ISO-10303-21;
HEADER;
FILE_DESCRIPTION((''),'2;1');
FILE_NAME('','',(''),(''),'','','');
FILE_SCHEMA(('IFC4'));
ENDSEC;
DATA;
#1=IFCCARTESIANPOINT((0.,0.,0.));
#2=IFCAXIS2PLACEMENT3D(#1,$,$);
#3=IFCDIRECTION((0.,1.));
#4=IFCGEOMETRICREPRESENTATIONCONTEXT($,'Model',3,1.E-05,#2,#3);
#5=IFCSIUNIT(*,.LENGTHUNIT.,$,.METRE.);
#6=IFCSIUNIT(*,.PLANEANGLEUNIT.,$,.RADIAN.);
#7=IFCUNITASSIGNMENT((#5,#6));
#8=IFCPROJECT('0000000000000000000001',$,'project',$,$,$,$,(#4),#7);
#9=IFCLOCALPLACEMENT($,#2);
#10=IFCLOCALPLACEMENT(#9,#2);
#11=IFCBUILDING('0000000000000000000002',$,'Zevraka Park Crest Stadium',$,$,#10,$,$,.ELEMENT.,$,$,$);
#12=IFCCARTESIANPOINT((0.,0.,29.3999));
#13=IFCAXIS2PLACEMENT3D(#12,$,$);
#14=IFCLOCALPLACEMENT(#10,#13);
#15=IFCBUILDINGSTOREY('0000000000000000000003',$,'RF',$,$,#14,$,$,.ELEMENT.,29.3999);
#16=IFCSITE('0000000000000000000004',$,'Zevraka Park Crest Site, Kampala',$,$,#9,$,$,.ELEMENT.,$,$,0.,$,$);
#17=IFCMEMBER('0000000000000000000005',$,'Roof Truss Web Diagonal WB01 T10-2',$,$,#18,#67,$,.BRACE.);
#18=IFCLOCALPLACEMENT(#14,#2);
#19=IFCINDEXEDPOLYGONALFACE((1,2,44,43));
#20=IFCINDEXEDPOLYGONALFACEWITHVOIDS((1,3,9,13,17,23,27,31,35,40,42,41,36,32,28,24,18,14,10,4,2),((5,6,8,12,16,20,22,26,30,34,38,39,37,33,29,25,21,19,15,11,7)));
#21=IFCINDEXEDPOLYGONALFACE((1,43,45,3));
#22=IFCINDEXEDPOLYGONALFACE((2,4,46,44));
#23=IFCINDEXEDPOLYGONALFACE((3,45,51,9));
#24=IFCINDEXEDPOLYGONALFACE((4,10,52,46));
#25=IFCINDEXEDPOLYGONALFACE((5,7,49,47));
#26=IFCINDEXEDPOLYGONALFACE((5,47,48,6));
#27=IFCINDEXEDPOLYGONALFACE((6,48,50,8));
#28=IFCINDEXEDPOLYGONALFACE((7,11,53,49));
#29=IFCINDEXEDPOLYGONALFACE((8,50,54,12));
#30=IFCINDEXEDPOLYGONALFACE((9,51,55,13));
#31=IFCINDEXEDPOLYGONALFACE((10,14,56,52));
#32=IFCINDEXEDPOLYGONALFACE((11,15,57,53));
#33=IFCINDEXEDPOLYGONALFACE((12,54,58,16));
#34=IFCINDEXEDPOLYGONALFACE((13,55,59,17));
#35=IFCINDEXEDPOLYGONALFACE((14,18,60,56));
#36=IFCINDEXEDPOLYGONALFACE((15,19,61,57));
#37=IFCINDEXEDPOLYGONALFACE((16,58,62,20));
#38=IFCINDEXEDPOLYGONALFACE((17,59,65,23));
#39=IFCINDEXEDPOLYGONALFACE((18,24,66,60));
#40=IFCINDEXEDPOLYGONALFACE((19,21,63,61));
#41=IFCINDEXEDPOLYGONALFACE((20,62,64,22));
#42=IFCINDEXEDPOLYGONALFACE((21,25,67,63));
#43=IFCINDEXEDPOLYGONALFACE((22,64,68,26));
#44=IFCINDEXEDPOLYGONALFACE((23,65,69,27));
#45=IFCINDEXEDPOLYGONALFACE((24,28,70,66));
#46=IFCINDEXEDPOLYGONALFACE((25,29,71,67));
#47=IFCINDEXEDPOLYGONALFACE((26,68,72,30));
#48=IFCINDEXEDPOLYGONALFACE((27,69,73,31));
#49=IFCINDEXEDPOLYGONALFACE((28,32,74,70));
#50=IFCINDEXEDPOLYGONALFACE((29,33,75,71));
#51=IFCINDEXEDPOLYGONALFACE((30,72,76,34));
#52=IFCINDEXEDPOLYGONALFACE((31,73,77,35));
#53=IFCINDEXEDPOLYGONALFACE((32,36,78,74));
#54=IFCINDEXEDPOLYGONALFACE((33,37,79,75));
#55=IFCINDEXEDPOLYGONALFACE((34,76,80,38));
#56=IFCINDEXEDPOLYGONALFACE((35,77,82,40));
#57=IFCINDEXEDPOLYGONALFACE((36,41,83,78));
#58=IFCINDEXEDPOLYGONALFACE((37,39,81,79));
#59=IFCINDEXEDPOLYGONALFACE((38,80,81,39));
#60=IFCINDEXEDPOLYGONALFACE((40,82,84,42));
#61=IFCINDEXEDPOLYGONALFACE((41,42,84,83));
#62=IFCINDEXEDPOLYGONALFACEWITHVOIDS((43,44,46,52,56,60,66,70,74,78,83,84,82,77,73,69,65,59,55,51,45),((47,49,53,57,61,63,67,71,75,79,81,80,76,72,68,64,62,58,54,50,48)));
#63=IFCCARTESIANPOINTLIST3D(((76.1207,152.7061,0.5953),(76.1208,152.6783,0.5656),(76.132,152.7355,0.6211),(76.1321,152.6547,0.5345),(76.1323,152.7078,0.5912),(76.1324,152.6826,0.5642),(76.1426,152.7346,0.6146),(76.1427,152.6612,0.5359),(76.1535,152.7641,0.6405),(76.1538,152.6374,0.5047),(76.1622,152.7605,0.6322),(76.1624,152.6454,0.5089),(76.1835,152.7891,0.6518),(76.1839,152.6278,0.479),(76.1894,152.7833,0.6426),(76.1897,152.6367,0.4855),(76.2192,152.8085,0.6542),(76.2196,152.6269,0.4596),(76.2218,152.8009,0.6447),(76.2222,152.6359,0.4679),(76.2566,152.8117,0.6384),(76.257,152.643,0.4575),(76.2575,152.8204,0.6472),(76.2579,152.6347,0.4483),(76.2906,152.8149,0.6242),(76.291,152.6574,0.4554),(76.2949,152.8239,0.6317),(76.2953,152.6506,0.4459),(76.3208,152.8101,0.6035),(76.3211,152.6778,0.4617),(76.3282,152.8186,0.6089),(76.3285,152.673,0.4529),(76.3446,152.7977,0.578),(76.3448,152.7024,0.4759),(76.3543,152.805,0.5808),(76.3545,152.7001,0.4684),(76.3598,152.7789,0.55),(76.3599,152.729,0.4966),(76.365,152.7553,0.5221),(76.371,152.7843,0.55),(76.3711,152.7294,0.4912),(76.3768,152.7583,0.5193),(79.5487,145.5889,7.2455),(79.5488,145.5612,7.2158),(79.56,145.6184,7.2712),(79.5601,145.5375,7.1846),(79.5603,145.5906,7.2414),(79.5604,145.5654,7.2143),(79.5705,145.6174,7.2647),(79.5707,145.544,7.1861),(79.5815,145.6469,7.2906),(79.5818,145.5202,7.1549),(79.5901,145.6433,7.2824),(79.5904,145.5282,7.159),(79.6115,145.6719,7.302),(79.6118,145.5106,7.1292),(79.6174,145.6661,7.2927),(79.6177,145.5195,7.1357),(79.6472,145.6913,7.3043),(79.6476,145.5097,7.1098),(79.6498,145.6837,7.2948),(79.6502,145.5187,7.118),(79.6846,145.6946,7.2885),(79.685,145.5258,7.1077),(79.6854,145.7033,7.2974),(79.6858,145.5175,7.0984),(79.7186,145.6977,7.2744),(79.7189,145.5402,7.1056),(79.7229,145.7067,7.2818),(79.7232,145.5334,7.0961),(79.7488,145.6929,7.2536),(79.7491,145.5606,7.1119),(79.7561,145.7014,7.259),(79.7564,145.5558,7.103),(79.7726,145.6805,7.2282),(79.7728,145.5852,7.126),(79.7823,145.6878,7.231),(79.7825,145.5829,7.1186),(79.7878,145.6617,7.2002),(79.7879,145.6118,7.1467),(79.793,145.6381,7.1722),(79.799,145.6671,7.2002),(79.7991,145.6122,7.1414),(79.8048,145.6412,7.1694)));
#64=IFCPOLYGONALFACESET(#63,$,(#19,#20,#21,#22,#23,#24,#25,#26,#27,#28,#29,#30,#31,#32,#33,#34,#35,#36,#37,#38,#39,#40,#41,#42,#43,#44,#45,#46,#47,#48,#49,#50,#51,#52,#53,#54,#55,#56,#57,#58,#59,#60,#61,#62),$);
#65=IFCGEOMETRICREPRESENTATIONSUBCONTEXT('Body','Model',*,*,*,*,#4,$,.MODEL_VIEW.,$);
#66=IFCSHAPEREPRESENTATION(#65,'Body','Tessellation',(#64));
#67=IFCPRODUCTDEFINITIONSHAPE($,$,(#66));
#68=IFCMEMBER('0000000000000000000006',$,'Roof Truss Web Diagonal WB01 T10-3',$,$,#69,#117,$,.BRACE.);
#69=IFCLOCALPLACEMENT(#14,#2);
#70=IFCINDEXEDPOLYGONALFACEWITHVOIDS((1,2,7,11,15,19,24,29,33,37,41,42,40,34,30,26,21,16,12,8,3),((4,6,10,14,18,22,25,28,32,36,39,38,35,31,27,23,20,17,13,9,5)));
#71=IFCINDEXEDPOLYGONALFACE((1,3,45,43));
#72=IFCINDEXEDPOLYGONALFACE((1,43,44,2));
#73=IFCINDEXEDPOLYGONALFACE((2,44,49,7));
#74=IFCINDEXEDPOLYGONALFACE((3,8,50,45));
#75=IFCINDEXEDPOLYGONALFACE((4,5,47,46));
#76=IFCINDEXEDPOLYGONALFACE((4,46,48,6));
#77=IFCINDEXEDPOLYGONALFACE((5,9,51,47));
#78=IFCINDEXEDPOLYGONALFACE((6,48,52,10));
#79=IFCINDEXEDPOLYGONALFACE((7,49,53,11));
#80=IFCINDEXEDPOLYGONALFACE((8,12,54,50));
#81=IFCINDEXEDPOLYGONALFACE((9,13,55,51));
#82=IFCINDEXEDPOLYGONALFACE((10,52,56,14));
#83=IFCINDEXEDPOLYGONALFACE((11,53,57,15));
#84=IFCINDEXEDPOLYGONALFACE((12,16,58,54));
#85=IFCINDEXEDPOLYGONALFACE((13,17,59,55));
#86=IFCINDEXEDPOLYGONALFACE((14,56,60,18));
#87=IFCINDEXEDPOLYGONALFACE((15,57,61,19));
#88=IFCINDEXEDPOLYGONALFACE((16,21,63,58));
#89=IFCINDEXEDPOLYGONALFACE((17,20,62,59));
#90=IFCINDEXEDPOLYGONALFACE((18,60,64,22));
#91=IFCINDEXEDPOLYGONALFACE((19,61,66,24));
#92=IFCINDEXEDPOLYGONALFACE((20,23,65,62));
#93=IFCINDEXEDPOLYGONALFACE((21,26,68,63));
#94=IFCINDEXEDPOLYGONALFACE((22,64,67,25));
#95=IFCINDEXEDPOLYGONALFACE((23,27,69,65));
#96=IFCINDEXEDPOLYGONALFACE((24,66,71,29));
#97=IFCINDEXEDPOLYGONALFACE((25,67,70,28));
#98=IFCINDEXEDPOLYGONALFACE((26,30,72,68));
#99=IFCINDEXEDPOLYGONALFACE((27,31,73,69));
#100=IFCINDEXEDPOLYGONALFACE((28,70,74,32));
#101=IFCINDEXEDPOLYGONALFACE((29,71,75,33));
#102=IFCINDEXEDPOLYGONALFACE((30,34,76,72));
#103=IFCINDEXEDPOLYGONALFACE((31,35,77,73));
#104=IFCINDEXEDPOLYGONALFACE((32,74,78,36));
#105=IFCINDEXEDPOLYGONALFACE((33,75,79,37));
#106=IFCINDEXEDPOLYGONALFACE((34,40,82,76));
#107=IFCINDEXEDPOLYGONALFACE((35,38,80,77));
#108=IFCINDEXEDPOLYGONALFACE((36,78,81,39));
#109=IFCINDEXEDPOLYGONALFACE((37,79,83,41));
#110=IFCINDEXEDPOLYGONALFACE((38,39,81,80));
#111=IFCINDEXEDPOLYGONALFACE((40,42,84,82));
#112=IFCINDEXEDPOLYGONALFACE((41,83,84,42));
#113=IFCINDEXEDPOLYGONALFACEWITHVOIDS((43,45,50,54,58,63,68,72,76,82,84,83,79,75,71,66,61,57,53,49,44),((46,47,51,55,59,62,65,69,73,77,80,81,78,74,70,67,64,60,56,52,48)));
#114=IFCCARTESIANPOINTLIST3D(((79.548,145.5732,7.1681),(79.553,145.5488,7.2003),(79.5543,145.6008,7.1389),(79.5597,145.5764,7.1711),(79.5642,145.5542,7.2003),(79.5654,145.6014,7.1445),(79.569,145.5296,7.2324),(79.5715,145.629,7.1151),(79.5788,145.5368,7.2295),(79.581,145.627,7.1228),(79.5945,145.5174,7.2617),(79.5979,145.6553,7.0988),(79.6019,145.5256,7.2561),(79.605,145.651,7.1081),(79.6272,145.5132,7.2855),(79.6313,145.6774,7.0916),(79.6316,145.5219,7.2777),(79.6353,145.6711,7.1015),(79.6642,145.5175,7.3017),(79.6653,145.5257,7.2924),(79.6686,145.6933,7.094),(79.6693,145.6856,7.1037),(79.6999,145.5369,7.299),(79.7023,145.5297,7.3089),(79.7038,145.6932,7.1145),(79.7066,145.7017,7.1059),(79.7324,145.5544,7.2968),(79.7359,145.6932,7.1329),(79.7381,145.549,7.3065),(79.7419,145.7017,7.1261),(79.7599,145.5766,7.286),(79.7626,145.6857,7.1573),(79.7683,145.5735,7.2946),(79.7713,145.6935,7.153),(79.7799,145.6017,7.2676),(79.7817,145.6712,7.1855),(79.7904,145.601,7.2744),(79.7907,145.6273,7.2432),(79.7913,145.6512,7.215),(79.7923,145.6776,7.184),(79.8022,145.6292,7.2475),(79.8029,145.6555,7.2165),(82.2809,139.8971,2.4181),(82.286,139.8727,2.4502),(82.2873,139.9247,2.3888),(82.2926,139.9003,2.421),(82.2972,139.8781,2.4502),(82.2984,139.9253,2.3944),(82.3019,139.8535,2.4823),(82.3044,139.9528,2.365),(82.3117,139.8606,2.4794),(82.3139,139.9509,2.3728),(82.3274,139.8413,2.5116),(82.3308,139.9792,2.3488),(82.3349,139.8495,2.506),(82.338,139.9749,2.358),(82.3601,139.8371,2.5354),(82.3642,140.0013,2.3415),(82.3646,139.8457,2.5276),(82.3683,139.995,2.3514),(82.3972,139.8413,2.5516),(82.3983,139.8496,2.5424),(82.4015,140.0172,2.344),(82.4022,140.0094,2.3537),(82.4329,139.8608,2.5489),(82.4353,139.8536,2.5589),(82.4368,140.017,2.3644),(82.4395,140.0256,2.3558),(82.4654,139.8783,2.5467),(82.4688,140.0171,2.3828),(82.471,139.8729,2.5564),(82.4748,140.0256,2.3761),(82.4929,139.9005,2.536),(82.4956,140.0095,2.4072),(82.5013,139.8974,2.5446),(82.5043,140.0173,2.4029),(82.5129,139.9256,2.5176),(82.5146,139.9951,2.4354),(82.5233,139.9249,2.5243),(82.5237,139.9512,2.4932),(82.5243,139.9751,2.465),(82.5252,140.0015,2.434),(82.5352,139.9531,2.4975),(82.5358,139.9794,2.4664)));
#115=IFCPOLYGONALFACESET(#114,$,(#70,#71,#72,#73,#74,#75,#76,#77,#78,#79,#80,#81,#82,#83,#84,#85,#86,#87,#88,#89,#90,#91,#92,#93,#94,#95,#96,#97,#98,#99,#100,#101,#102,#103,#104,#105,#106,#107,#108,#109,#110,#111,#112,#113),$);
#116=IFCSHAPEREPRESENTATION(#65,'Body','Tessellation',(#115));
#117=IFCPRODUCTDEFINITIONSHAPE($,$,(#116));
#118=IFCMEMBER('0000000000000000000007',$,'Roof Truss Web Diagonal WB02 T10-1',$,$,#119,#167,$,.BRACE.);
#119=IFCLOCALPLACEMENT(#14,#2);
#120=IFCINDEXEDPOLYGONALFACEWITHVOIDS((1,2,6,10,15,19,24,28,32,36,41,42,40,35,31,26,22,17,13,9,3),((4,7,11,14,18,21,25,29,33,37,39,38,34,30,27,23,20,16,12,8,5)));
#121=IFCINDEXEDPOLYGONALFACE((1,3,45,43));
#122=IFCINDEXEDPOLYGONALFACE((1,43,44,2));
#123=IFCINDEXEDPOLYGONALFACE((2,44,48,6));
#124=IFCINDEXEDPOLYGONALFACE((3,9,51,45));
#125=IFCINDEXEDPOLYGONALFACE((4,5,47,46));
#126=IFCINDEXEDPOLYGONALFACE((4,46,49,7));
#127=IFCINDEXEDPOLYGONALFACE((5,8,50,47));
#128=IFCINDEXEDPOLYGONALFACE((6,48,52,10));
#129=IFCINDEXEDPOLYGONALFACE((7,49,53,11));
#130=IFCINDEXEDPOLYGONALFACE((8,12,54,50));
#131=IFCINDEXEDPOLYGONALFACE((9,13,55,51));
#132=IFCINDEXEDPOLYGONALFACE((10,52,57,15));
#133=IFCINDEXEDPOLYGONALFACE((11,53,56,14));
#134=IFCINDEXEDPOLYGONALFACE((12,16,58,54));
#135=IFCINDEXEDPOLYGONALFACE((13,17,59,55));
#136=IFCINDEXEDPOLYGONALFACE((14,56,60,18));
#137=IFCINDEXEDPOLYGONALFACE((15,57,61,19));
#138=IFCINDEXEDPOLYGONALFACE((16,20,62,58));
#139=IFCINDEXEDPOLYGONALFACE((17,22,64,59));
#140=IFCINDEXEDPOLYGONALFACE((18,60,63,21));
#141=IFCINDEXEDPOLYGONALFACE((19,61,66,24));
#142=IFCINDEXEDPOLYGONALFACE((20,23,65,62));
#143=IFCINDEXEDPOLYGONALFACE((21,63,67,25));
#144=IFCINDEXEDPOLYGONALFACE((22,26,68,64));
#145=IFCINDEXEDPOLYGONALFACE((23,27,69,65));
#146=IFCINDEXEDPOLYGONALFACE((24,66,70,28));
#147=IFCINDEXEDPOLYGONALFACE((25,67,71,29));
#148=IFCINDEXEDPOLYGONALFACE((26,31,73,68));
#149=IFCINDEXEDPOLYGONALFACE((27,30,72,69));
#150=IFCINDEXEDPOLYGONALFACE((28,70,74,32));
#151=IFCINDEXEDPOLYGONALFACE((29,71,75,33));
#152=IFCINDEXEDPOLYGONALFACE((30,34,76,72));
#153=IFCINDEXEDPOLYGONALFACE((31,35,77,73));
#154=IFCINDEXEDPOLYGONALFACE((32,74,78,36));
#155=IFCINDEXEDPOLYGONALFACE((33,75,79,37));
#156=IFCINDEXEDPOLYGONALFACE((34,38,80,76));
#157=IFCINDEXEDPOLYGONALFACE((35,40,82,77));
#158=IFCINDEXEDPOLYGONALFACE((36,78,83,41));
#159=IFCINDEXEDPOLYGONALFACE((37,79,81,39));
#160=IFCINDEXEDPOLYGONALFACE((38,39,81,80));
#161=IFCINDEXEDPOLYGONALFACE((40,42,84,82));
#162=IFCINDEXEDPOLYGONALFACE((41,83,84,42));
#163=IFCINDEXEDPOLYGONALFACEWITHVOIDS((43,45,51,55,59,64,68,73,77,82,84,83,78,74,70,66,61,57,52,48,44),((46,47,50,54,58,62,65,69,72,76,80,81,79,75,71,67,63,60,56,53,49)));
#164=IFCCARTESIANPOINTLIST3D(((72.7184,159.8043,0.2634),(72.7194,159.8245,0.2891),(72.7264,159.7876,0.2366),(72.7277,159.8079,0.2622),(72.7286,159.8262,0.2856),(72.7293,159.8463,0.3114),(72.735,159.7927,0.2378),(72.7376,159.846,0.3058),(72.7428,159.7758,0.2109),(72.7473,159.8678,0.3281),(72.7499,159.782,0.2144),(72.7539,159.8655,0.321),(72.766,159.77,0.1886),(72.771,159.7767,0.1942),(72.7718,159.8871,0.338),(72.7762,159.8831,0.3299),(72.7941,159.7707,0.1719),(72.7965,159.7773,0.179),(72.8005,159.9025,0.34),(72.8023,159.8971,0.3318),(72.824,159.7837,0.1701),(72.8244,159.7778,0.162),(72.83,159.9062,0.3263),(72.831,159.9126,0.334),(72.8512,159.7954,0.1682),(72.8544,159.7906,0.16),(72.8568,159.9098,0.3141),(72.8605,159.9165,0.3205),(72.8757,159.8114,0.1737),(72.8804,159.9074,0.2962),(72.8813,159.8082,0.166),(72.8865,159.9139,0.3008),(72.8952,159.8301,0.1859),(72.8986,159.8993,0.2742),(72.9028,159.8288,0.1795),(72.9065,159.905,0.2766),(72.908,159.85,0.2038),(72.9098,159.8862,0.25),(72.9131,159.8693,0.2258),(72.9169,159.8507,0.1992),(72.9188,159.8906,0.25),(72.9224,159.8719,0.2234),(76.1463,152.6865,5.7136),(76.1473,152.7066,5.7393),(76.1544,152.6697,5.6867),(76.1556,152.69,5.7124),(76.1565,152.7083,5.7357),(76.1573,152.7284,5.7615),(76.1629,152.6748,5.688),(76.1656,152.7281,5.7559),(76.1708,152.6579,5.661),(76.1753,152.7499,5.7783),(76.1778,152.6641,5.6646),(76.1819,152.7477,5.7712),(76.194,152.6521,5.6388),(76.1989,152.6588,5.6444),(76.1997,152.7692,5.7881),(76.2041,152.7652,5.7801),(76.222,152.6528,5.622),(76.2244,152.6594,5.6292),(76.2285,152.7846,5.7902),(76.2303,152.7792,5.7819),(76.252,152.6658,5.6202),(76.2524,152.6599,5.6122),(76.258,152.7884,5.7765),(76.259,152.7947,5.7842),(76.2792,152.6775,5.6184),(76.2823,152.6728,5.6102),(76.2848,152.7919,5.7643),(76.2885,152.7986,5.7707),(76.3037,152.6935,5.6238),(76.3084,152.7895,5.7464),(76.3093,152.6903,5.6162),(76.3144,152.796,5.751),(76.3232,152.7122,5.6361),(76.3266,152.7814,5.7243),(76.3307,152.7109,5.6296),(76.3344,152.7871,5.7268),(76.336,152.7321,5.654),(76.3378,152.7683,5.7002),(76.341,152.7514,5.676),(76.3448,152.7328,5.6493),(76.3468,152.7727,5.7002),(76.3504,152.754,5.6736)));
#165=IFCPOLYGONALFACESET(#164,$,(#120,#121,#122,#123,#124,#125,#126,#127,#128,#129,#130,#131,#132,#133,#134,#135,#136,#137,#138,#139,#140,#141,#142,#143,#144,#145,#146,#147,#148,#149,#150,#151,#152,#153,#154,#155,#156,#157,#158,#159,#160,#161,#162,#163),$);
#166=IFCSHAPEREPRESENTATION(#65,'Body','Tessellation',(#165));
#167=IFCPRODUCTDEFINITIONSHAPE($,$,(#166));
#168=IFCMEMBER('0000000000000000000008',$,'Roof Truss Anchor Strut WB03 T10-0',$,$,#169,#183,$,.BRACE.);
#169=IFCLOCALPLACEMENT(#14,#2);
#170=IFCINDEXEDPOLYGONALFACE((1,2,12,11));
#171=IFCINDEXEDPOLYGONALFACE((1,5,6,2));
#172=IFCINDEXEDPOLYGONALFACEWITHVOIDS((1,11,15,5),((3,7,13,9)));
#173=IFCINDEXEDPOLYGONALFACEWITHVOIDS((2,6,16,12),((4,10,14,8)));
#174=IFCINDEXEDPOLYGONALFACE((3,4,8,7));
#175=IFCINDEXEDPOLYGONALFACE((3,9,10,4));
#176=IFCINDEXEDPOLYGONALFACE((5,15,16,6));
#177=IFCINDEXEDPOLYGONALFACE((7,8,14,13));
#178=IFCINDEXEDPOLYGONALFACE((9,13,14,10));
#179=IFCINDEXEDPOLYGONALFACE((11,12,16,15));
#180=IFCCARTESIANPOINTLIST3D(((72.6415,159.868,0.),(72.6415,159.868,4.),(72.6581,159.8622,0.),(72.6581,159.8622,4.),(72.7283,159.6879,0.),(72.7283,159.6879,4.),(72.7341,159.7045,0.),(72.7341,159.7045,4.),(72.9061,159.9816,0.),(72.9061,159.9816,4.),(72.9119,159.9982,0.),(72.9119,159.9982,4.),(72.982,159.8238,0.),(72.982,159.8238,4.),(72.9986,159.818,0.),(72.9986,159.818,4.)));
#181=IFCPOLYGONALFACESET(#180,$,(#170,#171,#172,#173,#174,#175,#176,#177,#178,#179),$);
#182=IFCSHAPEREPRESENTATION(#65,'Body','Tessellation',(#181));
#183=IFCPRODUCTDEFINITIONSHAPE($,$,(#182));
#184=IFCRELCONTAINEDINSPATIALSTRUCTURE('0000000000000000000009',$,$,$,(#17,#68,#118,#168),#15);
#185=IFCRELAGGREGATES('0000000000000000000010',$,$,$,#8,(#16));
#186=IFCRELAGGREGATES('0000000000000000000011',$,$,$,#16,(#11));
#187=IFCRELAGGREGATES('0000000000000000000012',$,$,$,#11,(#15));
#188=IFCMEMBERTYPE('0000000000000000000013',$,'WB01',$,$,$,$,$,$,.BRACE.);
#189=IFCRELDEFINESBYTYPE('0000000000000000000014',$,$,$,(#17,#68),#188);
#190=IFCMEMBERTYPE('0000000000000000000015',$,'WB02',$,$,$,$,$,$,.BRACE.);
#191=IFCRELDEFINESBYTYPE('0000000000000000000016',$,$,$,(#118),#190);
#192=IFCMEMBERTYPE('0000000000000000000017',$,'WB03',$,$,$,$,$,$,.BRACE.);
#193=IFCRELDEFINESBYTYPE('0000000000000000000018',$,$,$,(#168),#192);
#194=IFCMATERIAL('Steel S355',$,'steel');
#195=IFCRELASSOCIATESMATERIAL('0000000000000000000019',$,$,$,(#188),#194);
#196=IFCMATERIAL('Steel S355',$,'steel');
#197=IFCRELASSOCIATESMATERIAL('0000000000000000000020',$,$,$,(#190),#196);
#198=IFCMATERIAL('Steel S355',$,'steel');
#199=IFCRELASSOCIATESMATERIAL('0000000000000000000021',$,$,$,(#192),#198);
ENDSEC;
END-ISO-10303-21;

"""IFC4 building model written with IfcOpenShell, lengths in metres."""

from ifc_helpers import new_model, si_unit, direction, frame, origin, origin_2d, place, context, subcontext, project, spatial, hollow_rectangle, hollow_circle, extrude, material, material_profile, profile_set, type_object, element, save


model = new_model("IFC4")

# Units and contexts
model_context = context("Model", 3, precision=1e-05, world=origin(), true_north=direction((0.0, 1.0)))
body_context = subcontext(model_context, "Body", "Model", "MODEL_VIEW")
ifc_project = project(units=[si_unit("LENGTHUNIT", "METRE"), si_unit("PLANEANGLEUNIT", "RADIAN")], contexts=[model_context])

# Site, building, storey
site_placement = place(None, origin())
site = spatial("IfcSite", under=ifc_project, at=site_placement, Name="Zevraka Park Crest Site, Kampala", CompositionType="ELEMENT", RefElevation=0.0)
building_placement = place(site_placement, origin())
building = spatial("IfcBuilding", under=site, at=building_placement, Name="Zevraka Park Crest Stadium", CompositionType="ELEMENT")
storey_placement = place(building_placement, frame((0.0, 0.0, 29.3999)))
storey = spatial("IfcBuildingStorey", under=building, at=storey_placement, Name="RF", CompositionType="ELEMENT", Elevation=29.3999)

# Members
ifc_material_1 = material(Name="Steel S355", Category="steel")
ifc_material_profile_1 = material_profile(ifc_material_1, hollow_circle(Radius=0.1365, WallThickness=0.0125, at=origin_2d()), Name="CHS 273.0x12.5")
ifc_profile_set_1 = profile_set([ifc_material_profile_1], Name="Steel S355")
member_type_1 = type_object("IfcMemberType", Name="WB01", PredefinedType="BRACE", material=ifc_profile_set_1)
member_1_placement = place(storey_placement, frame((76.248, 152.7251, 0.55), z_axis=(0.33197, -0.689238, 0.644009), x_axis=(0.900943, 0.433937, 0.0)))
element("IfcMember", 1, at=member_1_placement, inside=storey, type_object=member_type_1, Name="Roof Truss Web Diagonal WB01 T10-2", PredefinedType="BRACE", context=body_context, shape_type="SweptSolid", body=[
    extrude(hollow_circle(Radius=0.1365, WallThickness=0.0125, at=origin_2d()), origin(), (0.0, 0.0, 1.0), 10.3262),
])
member_2_placement = place(storey_placement, frame((82.4089, 139.9319, 2.4502), z_axis=(-0.346386, 0.719415, 0.602045), x_axis=(-0.901001, -0.433817, 0.0)))
element("IfcMember", 2, at=member_2_placement, inside=storey, type_object=member_type_1, Name="Roof Truss Web Diagonal WB01 T10-3", PredefinedType="BRACE", context=body_context, shape_type="SweptSolid", body=[
    extrude(hollow_circle(Radius=0.1365, WallThickness=0.0125, at=origin_2d()), origin(), (0.0, 0.0, 1.0), 7.8899),
])
ifc_material_2 = material(Name="Steel S355", Category="steel")
ifc_material_profile_2 = material_profile(ifc_material_2, hollow_circle(Radius=0.1096, WallThickness=0.01, at=origin_2d()), Name="CHS 219.1x10")
ifc_profile_set_2 = profile_set([ifc_material_profile_2], Name="Steel S355")
member_type_2 = type_object("IfcMemberType", Name="WB02", PredefinedType="BRACE", material=ifc_profile_set_2)
member_3_placement = place(storey_placement, frame((72.8201, 159.843, 0.25), z_axis=(0.357158, -0.741609, 0.567851), x_axis=(0.900961, 0.433901, 0.0)))
element("IfcMember", 3, at=member_3_placement, inside=storey, type_object=member_type_2, Name="Roof Truss Web Diagonal WB02 T10-1", PredefinedType="BRACE", context=body_context, shape_type="SweptSolid", body=[
    extrude(hollow_circle(Radius=0.1096, WallThickness=0.01, at=origin_2d()), origin(), (0.0, 0.0, 1.0), 9.5979),
])
ifc_material_3 = material(Name="Steel S355", Category="steel")
ifc_material_profile_3 = material_profile(ifc_material_3, hollow_rectangle(XDim=0.2, YDim=0.3, WallThickness=0.0125, at=origin_2d()), Name="RHS 300x200x12.5")
ifc_profile_set_3 = profile_set([ifc_material_profile_3], Name="Steel S355")
member_type_3 = type_object("IfcMemberType", Name="WB03", PredefinedType="BRACE", material=ifc_profile_set_3)
member_4_placement = place(storey_placement, frame((72.8201, 159.843, 0.0), z_axis=(0.0, 0.0, 1.0), x_axis=(-0.433816, 0.901001, 0.0)))
element("IfcMember", 4, at=member_4_placement, inside=storey, type_object=member_type_3, Name="Roof Truss Anchor Strut WB03 T10-0", PredefinedType="BRACE", context=body_context, shape_type="SweptSolid", body=[
    extrude(hollow_rectangle(XDim=0.2, YDim=0.3, WallThickness=0.0125, at=origin_2d()), origin(), (0.0, 0.0, 1.0), 4.0),
])

save(model, "model.ifc")
